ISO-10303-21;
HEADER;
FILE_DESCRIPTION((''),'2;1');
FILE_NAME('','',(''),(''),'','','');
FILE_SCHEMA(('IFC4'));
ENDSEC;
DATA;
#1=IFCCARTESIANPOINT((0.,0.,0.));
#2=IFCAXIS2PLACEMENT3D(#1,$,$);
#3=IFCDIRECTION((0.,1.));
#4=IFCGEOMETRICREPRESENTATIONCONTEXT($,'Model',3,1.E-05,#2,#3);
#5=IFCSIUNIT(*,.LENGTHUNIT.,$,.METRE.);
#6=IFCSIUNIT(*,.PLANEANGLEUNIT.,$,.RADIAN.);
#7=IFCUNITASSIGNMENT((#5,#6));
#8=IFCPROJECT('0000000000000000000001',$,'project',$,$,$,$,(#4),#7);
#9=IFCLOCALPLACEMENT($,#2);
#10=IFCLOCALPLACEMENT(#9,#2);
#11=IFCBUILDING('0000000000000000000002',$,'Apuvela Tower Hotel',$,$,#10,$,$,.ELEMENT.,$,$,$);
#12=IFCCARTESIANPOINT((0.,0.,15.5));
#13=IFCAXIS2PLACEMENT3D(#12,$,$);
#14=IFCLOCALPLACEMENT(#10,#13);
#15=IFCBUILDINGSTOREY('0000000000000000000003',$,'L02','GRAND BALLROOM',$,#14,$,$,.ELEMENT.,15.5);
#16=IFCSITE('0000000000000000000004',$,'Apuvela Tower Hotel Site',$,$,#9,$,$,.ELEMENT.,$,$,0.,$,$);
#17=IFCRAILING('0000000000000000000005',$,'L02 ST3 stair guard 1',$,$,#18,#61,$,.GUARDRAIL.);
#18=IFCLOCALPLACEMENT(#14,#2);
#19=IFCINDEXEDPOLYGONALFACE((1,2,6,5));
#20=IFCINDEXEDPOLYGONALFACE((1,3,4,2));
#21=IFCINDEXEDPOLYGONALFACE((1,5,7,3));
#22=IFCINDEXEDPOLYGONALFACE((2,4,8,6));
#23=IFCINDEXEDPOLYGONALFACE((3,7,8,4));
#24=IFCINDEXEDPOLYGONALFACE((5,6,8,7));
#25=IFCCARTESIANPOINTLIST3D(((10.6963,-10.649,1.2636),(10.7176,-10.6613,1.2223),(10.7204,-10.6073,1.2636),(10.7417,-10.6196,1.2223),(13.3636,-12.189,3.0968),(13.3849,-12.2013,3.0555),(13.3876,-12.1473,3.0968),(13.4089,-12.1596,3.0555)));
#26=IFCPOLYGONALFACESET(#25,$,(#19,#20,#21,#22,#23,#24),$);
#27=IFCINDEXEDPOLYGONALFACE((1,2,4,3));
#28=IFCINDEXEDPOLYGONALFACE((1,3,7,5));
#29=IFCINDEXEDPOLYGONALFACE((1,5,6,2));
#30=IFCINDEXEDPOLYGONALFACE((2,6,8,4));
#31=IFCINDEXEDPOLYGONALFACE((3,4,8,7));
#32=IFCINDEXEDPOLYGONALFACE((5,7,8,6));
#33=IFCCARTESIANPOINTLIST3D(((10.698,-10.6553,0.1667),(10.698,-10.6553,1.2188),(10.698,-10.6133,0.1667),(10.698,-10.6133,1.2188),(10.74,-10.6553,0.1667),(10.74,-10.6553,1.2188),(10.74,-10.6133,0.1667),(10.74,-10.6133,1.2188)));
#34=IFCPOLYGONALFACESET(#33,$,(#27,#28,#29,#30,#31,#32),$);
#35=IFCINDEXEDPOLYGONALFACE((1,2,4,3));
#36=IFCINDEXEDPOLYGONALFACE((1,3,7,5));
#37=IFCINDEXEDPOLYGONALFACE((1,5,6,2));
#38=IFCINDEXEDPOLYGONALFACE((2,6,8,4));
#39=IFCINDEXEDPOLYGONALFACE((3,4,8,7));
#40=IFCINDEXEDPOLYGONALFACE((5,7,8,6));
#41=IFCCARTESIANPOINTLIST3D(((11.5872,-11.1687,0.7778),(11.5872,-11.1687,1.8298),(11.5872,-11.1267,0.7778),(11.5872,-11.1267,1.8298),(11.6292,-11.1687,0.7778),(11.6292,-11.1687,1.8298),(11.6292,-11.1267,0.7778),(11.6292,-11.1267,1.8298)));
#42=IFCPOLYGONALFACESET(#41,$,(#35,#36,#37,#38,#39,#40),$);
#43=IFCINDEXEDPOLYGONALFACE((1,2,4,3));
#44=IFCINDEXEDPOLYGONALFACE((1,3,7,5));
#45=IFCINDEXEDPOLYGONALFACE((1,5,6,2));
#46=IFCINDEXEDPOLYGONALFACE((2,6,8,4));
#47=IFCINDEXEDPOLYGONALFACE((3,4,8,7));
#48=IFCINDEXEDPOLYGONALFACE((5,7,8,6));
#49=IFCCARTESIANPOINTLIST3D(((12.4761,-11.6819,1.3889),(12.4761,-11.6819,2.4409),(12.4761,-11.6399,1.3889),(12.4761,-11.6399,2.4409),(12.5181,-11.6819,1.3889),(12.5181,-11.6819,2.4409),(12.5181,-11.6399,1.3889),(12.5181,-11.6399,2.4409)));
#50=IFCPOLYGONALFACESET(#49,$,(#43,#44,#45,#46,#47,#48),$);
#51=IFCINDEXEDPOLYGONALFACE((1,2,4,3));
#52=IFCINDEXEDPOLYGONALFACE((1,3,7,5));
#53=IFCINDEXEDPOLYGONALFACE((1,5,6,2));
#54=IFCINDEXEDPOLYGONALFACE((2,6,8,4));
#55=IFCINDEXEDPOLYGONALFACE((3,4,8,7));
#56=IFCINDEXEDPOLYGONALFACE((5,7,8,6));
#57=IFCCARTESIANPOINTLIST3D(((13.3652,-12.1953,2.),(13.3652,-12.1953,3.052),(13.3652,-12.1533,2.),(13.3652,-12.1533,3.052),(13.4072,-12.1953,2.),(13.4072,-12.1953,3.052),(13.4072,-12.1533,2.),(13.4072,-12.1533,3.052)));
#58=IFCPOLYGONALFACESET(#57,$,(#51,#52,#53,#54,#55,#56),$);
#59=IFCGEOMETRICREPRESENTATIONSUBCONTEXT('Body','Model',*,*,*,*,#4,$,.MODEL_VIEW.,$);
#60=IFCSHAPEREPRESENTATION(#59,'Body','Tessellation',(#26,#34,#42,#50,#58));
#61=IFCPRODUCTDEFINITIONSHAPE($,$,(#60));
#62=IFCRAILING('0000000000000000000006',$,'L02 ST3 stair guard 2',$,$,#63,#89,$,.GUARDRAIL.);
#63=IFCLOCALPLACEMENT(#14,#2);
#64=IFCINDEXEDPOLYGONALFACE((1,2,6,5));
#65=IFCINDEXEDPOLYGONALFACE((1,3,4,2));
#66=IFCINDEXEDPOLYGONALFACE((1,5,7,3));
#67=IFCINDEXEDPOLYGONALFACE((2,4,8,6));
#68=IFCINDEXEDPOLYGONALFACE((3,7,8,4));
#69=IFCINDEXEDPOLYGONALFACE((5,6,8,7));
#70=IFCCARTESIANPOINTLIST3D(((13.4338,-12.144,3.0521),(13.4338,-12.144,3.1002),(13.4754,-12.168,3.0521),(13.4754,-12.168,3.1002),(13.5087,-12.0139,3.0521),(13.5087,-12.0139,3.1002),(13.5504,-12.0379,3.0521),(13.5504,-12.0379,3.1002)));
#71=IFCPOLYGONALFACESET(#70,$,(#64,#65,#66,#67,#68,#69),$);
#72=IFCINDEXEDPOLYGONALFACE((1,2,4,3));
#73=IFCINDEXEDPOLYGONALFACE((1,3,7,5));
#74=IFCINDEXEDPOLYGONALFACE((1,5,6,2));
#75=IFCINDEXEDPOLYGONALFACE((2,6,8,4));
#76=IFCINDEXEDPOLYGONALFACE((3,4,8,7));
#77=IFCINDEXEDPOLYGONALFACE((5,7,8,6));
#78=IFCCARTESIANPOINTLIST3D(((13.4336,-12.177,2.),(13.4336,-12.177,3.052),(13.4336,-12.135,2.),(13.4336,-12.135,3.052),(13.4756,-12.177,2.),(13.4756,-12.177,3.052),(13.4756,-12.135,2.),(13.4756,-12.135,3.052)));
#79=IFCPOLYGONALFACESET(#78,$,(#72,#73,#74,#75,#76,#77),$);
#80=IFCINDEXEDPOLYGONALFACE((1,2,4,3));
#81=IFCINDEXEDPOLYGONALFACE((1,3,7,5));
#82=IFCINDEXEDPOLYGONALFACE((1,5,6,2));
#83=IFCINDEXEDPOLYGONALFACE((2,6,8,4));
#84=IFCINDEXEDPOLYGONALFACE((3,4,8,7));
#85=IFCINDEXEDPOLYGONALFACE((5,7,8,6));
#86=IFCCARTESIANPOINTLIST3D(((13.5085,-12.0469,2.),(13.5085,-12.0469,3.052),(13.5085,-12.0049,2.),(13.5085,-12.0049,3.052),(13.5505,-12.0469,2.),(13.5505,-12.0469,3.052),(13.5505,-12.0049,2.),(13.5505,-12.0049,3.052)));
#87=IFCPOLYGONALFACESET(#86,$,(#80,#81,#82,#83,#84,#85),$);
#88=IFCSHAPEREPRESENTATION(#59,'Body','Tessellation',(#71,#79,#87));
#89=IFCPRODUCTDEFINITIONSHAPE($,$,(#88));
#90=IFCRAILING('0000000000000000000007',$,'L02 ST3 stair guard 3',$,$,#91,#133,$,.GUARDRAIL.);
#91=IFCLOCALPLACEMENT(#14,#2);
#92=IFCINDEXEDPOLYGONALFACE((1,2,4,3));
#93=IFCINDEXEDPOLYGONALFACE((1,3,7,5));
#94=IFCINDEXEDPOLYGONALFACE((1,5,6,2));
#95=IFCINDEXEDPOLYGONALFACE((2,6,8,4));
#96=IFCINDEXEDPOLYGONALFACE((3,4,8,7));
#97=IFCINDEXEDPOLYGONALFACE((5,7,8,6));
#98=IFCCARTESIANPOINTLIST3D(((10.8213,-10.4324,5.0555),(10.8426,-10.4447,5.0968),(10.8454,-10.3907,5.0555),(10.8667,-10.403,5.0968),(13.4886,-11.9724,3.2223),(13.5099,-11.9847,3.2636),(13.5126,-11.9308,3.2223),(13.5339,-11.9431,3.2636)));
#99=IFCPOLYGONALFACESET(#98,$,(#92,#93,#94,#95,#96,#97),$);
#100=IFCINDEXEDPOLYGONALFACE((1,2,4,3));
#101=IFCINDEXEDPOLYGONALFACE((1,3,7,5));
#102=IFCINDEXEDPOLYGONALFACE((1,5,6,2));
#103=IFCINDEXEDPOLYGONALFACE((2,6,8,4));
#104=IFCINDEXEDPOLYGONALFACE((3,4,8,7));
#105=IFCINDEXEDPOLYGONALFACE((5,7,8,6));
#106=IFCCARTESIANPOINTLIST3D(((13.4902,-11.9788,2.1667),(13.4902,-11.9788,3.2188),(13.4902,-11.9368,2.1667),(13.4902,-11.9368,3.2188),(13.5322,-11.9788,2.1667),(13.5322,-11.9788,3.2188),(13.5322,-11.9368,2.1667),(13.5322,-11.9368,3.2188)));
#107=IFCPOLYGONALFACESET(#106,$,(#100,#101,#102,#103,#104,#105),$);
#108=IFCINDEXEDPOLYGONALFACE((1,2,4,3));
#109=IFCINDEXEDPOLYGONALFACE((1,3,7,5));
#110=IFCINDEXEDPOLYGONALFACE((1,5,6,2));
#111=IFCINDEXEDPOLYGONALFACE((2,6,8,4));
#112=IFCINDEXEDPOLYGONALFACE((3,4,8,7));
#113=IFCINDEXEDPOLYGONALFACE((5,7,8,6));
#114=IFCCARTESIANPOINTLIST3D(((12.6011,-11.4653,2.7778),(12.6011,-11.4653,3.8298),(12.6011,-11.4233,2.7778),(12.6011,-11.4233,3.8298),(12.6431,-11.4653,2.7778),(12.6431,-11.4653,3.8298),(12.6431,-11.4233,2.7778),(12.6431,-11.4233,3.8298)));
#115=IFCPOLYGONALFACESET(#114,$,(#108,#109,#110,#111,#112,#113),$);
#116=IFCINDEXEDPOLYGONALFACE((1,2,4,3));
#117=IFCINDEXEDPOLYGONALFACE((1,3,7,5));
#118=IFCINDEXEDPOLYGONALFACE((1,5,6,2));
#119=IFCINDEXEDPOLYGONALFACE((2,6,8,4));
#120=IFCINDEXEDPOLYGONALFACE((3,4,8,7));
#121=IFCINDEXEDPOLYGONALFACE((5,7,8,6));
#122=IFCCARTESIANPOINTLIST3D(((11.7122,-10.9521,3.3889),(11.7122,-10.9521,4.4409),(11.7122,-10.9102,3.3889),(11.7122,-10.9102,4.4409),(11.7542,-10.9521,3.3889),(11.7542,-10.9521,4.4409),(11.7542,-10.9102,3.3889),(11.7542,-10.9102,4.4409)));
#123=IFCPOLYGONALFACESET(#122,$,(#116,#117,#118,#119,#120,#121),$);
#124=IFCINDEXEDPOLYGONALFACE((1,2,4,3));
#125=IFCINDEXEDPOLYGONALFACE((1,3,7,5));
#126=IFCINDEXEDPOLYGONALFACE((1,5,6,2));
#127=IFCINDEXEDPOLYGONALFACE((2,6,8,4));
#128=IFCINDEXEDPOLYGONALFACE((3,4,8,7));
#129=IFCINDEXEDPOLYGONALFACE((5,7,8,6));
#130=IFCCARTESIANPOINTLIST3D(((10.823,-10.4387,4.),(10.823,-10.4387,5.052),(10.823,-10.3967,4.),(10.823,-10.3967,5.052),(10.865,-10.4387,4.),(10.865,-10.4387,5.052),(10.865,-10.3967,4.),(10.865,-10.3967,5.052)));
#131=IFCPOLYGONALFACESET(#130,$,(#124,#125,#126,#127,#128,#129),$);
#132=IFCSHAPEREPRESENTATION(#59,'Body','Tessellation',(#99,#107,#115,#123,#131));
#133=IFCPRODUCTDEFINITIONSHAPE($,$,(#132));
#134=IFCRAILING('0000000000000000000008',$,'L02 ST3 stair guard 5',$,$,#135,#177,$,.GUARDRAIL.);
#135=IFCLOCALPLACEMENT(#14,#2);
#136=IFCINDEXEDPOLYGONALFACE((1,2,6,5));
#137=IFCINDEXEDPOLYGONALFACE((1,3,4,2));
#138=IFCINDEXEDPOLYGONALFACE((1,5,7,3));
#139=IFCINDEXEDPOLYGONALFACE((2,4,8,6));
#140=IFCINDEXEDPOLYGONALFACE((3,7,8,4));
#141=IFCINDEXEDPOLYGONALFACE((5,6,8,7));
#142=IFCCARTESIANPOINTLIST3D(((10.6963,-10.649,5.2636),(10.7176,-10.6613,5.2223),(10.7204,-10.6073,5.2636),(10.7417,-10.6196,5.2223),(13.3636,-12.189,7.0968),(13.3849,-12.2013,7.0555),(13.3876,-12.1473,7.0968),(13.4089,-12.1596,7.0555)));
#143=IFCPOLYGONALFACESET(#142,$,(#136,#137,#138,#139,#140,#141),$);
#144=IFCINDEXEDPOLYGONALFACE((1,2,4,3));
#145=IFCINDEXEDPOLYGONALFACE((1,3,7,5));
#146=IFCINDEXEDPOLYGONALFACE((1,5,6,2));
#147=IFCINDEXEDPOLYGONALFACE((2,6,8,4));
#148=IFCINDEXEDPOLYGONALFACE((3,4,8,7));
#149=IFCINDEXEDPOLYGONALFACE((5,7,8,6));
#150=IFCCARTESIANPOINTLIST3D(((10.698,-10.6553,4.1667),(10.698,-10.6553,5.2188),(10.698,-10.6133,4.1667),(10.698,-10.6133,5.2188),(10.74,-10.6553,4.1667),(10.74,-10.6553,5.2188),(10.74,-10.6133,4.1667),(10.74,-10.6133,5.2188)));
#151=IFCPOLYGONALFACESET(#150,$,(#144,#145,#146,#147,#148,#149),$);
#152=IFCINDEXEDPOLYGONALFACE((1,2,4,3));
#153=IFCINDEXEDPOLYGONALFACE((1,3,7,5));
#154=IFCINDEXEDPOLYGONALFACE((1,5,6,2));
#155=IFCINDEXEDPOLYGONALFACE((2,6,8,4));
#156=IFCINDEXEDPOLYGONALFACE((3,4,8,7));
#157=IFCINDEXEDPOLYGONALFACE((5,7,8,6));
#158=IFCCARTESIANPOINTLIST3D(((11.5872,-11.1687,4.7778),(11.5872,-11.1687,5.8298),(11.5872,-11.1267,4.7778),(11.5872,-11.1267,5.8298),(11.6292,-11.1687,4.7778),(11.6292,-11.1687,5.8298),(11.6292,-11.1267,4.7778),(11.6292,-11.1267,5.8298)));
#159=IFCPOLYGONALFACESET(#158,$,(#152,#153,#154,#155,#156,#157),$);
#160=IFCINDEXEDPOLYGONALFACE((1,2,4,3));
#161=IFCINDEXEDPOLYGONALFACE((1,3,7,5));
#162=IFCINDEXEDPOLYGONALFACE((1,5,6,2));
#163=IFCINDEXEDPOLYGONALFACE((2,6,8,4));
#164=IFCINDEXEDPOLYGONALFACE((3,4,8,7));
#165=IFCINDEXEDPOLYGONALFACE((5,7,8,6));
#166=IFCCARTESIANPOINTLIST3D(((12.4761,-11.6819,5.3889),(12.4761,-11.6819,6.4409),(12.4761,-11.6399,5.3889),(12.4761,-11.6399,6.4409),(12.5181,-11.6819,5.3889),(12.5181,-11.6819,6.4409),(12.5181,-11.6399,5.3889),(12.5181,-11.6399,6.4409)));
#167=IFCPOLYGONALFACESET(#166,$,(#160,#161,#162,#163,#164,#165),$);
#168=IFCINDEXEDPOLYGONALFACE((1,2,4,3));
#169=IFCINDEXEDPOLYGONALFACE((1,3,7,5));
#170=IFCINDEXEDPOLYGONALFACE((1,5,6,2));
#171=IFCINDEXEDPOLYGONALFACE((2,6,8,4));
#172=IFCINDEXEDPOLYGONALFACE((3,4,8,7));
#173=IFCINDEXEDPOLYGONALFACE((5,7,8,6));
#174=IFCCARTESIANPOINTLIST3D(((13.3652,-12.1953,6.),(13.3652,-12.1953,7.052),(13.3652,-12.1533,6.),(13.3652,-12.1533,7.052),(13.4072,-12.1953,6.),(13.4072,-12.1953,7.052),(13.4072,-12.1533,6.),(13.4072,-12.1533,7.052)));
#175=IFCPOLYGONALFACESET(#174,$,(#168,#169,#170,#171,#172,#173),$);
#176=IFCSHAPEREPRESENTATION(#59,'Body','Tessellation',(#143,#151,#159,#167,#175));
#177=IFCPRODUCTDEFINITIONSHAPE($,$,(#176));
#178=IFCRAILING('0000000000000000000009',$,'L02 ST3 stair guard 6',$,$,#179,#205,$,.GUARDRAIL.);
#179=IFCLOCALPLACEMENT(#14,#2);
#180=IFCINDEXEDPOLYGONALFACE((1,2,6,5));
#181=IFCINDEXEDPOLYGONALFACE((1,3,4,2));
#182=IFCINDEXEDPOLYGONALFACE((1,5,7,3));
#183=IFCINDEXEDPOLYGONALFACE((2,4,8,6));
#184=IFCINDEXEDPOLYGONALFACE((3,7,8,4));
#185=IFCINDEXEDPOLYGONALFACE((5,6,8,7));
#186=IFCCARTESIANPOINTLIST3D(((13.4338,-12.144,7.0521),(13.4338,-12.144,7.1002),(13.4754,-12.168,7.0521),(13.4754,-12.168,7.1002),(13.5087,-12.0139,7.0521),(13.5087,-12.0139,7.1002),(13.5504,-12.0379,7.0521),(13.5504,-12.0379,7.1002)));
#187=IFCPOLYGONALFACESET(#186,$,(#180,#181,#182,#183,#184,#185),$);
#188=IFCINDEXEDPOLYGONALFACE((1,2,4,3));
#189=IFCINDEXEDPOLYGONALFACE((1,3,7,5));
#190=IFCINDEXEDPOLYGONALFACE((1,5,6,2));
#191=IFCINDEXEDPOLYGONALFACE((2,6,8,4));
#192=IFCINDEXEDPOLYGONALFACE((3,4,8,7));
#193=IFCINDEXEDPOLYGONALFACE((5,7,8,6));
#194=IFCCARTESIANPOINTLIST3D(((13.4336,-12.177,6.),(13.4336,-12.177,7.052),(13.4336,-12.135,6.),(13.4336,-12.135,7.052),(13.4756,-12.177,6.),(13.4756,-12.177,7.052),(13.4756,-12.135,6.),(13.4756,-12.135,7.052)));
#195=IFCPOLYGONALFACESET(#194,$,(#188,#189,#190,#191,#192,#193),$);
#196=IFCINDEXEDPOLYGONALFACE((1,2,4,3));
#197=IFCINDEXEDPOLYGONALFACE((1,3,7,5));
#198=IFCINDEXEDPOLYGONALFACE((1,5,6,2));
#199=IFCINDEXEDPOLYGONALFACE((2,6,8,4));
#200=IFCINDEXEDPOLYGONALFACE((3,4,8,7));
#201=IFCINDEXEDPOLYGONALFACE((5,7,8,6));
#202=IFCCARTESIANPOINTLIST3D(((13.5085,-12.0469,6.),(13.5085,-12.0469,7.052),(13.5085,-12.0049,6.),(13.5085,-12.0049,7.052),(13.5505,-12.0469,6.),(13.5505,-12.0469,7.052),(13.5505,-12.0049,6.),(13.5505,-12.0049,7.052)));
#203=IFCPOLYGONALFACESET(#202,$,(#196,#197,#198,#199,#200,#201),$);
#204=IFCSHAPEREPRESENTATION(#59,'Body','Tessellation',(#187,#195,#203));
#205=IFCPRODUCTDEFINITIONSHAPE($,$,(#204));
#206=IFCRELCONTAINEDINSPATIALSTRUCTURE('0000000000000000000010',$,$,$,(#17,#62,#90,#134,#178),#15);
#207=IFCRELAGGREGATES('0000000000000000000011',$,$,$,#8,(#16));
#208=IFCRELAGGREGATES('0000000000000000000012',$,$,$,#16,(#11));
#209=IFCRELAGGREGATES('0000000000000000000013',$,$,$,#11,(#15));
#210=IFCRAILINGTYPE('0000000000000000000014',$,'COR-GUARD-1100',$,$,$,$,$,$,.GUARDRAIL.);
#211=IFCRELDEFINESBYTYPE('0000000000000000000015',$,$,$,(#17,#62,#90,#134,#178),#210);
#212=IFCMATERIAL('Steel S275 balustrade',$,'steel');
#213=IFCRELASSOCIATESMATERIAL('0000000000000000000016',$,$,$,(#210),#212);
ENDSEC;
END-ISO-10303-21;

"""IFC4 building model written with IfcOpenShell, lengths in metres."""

from ifc_helpers import new_model, si_unit, direction, frame, origin, origin_2d, place, context, subcontext, project, spatial, rectangle, extrude, material, type_object, element, save


model = new_model("IFC4")

# Units and contexts
model_context = context("Model", 3, precision=1e-05, world=origin(), true_north=direction((0.0, 1.0)))
body_context = subcontext(model_context, "Body", "Model", "MODEL_VIEW")
ifc_project = project(units=[si_unit("LENGTHUNIT", "METRE"), si_unit("PLANEANGLEUNIT", "RADIAN")], contexts=[model_context])

# Site, building, storey
site_placement = place(None, origin())
site = spatial("IfcSite", under=ifc_project, at=site_placement, Name="Apuvela Tower Hotel Site", CompositionType="ELEMENT", RefElevation=0.0)
building_placement = place(site_placement, origin())
building = spatial("IfcBuilding", under=site, at=building_placement, Name="Apuvela Tower Hotel", CompositionType="ELEMENT")
storey_placement = place(building_placement, frame((0.0, 0.0, 15.5)))
storey = spatial("IfcBuildingStorey", under=building, at=storey_placement, Name="L02", Description="GRAND BALLROOM", CompositionType="ELEMENT", Elevation=15.5)

# Railings
ifc_material_1 = material(Name="Steel S275 balustrade", Category="steel")
railing_type_1 = type_object("IfcRailingType", Name="COR-GUARD-1100", PredefinedType="GUARDRAIL", material=ifc_material_1)
railing_1_placement = place(storey_placement, frame((10.719, -10.6343, 0.1667)))
element("IfcRailing", 1, at=railing_1_placement, inside=storey, type_object=railing_type_1, Name="L02 ST3 stair guard 1", PredefinedType="GUARDRAIL", context=body_context, shape_type="SweptSolid", body=[
    extrude(rectangle(XDim=0.0481, YDim=0.0481, at=origin_2d()), frame((0.0, 0.0, 1.0762), z_axis=(0.744159, -0.429671, 0.511478), x_axis=(0.500027, 0.86601, 0.0)), (0.0, 0.0, 1.0), 3.5842),
    extrude(rectangle(XDim=0.042, YDim=0.042, at=origin_2d()), origin(), (0.0, 0.0, 1.0), 1.052),
    extrude(rectangle(XDim=0.042, YDim=0.042, at=origin_2d()), frame((0.8892, -0.5134, 0.6111)), (0.0, 0.0, 1.0), 1.052),
    extrude(rectangle(XDim=0.042, YDim=0.042, at=origin_2d()), frame((1.7781, -1.0266, 1.2222)), (0.0, 0.0, 1.0), 1.052),
    extrude(rectangle(XDim=0.042, YDim=0.042, at=origin_2d()), frame((2.6672, -1.54, 1.8333)), (0.0, 0.0, 1.0), 1.052),
])
railing_2_placement = place(storey_placement, frame((13.4546, -12.156, 2.0)))
element("IfcRailing", 2, at=railing_2_placement, inside=storey, type_object=railing_type_1, Name="L02 ST3 stair guard 2", PredefinedType="GUARDRAIL", context=body_context, shape_type="SweptSolid", body=[
    extrude(rectangle(XDim=0.0481, YDim=0.0481, at=origin_2d()), frame((0.0, 0.0, 1.0762), z_axis=(0.499112, 0.866537, 0.0), x_axis=(-0.866537, 0.499112, 0.0)), (0.0, 0.0, 1.0), 0.1501),
    extrude(rectangle(XDim=0.042, YDim=0.042, at=origin_2d()), origin(), (0.0, 0.0, 1.0), 1.052),
    extrude(rectangle(XDim=0.042, YDim=0.042, at=origin_2d()), frame((0.075, 0.1301, 0.0)), (0.0, 0.0, 1.0), 1.052),
])
railing_3_placement = place(storey_placement, frame((13.5112, -11.9578, 2.1667)))
element("IfcRailing", 3, at=railing_3_placement, inside=storey, type_object=railing_type_1, Name="L02 ST3 stair guard 3", PredefinedType="GUARDRAIL", context=body_context, shape_type="SweptSolid", body=[
    extrude(rectangle(XDim=0.0481, YDim=0.0481, at=origin_2d()), frame((0.0, 0.0, 1.0762), z_axis=(-0.744159, 0.429671, 0.511478), x_axis=(-0.500027, -0.86601, 0.0)), (0.0, 0.0, 1.0), 3.5842),
    extrude(rectangle(XDim=0.042, YDim=0.042, at=origin_2d()), origin(), (0.0, 0.0, 1.0), 1.052),
    extrude(rectangle(XDim=0.042, YDim=0.042, at=origin_2d()), frame((-0.8892, 0.5134, 0.6111)), (0.0, 0.0, 1.0), 1.052),
    extrude(rectangle(XDim=0.042, YDim=0.042, at=origin_2d()), frame((-1.7781, 1.0266, 1.2222)), (0.0, 0.0, 1.0), 1.052),
    extrude(rectangle(XDim=0.042, YDim=0.042, at=origin_2d()), frame((-2.6672, 1.54, 1.8333)), (0.0, 0.0, 1.0), 1.052),
])
railing_4_placement = place(storey_placement, frame((10.719, -10.6343, 4.1667)))
element("IfcRailing", 4, at=railing_4_placement, inside=storey, type_object=railing_type_1, Name="L02 ST3 stair guard 5", PredefinedType="GUARDRAIL", context=body_context, shape_type="SweptSolid", body=[
    extrude(rectangle(XDim=0.0481, YDim=0.0481, at=origin_2d()), frame((0.0, 0.0, 1.0762), z_axis=(0.744159, -0.429671, 0.511478), x_axis=(0.500027, 0.86601, 0.0)), (0.0, 0.0, 1.0), 3.5842),
    extrude(rectangle(XDim=0.042, YDim=0.042, at=origin_2d()), origin(), (0.0, 0.0, 1.0), 1.052),
    extrude(rectangle(XDim=0.042, YDim=0.042, at=origin_2d()), frame((0.8892, -0.5134, 0.6111)), (0.0, 0.0, 1.0), 1.052),
    extrude(rectangle(XDim=0.042, YDim=0.042, at=origin_2d()), frame((1.7781, -1.0266, 1.2222)), (0.0, 0.0, 1.0), 1.052),
    extrude(rectangle(XDim=0.042, YDim=0.042, at=origin_2d()), frame((2.6672, -1.54, 1.8333)), (0.0, 0.0, 1.0), 1.052),
])
railing_5_placement = place(storey_placement, frame((13.4546, -12.156, 6.0)))
element("IfcRailing", 5, at=railing_5_placement, inside=storey, type_object=railing_type_1, Name="L02 ST3 stair guard 6", PredefinedType="GUARDRAIL", context=body_context, shape_type="SweptSolid", body=[
    extrude(rectangle(XDim=0.0481, YDim=0.0481, at=origin_2d()), frame((0.0, 0.0, 1.0762), z_axis=(0.499112, 0.866537, 0.0), x_axis=(-0.866537, 0.499112, 0.0)), (0.0, 0.0, 1.0), 0.1501),
    extrude(rectangle(XDim=0.042, YDim=0.042, at=origin_2d()), origin(), (0.0, 0.0, 1.0), 1.052),
    extrude(rectangle(XDim=0.042, YDim=0.042, at=origin_2d()), frame((0.075, 0.1301, 0.0)), (0.0, 0.0, 1.0), 1.052),
])

save(model, "model.ifc")
